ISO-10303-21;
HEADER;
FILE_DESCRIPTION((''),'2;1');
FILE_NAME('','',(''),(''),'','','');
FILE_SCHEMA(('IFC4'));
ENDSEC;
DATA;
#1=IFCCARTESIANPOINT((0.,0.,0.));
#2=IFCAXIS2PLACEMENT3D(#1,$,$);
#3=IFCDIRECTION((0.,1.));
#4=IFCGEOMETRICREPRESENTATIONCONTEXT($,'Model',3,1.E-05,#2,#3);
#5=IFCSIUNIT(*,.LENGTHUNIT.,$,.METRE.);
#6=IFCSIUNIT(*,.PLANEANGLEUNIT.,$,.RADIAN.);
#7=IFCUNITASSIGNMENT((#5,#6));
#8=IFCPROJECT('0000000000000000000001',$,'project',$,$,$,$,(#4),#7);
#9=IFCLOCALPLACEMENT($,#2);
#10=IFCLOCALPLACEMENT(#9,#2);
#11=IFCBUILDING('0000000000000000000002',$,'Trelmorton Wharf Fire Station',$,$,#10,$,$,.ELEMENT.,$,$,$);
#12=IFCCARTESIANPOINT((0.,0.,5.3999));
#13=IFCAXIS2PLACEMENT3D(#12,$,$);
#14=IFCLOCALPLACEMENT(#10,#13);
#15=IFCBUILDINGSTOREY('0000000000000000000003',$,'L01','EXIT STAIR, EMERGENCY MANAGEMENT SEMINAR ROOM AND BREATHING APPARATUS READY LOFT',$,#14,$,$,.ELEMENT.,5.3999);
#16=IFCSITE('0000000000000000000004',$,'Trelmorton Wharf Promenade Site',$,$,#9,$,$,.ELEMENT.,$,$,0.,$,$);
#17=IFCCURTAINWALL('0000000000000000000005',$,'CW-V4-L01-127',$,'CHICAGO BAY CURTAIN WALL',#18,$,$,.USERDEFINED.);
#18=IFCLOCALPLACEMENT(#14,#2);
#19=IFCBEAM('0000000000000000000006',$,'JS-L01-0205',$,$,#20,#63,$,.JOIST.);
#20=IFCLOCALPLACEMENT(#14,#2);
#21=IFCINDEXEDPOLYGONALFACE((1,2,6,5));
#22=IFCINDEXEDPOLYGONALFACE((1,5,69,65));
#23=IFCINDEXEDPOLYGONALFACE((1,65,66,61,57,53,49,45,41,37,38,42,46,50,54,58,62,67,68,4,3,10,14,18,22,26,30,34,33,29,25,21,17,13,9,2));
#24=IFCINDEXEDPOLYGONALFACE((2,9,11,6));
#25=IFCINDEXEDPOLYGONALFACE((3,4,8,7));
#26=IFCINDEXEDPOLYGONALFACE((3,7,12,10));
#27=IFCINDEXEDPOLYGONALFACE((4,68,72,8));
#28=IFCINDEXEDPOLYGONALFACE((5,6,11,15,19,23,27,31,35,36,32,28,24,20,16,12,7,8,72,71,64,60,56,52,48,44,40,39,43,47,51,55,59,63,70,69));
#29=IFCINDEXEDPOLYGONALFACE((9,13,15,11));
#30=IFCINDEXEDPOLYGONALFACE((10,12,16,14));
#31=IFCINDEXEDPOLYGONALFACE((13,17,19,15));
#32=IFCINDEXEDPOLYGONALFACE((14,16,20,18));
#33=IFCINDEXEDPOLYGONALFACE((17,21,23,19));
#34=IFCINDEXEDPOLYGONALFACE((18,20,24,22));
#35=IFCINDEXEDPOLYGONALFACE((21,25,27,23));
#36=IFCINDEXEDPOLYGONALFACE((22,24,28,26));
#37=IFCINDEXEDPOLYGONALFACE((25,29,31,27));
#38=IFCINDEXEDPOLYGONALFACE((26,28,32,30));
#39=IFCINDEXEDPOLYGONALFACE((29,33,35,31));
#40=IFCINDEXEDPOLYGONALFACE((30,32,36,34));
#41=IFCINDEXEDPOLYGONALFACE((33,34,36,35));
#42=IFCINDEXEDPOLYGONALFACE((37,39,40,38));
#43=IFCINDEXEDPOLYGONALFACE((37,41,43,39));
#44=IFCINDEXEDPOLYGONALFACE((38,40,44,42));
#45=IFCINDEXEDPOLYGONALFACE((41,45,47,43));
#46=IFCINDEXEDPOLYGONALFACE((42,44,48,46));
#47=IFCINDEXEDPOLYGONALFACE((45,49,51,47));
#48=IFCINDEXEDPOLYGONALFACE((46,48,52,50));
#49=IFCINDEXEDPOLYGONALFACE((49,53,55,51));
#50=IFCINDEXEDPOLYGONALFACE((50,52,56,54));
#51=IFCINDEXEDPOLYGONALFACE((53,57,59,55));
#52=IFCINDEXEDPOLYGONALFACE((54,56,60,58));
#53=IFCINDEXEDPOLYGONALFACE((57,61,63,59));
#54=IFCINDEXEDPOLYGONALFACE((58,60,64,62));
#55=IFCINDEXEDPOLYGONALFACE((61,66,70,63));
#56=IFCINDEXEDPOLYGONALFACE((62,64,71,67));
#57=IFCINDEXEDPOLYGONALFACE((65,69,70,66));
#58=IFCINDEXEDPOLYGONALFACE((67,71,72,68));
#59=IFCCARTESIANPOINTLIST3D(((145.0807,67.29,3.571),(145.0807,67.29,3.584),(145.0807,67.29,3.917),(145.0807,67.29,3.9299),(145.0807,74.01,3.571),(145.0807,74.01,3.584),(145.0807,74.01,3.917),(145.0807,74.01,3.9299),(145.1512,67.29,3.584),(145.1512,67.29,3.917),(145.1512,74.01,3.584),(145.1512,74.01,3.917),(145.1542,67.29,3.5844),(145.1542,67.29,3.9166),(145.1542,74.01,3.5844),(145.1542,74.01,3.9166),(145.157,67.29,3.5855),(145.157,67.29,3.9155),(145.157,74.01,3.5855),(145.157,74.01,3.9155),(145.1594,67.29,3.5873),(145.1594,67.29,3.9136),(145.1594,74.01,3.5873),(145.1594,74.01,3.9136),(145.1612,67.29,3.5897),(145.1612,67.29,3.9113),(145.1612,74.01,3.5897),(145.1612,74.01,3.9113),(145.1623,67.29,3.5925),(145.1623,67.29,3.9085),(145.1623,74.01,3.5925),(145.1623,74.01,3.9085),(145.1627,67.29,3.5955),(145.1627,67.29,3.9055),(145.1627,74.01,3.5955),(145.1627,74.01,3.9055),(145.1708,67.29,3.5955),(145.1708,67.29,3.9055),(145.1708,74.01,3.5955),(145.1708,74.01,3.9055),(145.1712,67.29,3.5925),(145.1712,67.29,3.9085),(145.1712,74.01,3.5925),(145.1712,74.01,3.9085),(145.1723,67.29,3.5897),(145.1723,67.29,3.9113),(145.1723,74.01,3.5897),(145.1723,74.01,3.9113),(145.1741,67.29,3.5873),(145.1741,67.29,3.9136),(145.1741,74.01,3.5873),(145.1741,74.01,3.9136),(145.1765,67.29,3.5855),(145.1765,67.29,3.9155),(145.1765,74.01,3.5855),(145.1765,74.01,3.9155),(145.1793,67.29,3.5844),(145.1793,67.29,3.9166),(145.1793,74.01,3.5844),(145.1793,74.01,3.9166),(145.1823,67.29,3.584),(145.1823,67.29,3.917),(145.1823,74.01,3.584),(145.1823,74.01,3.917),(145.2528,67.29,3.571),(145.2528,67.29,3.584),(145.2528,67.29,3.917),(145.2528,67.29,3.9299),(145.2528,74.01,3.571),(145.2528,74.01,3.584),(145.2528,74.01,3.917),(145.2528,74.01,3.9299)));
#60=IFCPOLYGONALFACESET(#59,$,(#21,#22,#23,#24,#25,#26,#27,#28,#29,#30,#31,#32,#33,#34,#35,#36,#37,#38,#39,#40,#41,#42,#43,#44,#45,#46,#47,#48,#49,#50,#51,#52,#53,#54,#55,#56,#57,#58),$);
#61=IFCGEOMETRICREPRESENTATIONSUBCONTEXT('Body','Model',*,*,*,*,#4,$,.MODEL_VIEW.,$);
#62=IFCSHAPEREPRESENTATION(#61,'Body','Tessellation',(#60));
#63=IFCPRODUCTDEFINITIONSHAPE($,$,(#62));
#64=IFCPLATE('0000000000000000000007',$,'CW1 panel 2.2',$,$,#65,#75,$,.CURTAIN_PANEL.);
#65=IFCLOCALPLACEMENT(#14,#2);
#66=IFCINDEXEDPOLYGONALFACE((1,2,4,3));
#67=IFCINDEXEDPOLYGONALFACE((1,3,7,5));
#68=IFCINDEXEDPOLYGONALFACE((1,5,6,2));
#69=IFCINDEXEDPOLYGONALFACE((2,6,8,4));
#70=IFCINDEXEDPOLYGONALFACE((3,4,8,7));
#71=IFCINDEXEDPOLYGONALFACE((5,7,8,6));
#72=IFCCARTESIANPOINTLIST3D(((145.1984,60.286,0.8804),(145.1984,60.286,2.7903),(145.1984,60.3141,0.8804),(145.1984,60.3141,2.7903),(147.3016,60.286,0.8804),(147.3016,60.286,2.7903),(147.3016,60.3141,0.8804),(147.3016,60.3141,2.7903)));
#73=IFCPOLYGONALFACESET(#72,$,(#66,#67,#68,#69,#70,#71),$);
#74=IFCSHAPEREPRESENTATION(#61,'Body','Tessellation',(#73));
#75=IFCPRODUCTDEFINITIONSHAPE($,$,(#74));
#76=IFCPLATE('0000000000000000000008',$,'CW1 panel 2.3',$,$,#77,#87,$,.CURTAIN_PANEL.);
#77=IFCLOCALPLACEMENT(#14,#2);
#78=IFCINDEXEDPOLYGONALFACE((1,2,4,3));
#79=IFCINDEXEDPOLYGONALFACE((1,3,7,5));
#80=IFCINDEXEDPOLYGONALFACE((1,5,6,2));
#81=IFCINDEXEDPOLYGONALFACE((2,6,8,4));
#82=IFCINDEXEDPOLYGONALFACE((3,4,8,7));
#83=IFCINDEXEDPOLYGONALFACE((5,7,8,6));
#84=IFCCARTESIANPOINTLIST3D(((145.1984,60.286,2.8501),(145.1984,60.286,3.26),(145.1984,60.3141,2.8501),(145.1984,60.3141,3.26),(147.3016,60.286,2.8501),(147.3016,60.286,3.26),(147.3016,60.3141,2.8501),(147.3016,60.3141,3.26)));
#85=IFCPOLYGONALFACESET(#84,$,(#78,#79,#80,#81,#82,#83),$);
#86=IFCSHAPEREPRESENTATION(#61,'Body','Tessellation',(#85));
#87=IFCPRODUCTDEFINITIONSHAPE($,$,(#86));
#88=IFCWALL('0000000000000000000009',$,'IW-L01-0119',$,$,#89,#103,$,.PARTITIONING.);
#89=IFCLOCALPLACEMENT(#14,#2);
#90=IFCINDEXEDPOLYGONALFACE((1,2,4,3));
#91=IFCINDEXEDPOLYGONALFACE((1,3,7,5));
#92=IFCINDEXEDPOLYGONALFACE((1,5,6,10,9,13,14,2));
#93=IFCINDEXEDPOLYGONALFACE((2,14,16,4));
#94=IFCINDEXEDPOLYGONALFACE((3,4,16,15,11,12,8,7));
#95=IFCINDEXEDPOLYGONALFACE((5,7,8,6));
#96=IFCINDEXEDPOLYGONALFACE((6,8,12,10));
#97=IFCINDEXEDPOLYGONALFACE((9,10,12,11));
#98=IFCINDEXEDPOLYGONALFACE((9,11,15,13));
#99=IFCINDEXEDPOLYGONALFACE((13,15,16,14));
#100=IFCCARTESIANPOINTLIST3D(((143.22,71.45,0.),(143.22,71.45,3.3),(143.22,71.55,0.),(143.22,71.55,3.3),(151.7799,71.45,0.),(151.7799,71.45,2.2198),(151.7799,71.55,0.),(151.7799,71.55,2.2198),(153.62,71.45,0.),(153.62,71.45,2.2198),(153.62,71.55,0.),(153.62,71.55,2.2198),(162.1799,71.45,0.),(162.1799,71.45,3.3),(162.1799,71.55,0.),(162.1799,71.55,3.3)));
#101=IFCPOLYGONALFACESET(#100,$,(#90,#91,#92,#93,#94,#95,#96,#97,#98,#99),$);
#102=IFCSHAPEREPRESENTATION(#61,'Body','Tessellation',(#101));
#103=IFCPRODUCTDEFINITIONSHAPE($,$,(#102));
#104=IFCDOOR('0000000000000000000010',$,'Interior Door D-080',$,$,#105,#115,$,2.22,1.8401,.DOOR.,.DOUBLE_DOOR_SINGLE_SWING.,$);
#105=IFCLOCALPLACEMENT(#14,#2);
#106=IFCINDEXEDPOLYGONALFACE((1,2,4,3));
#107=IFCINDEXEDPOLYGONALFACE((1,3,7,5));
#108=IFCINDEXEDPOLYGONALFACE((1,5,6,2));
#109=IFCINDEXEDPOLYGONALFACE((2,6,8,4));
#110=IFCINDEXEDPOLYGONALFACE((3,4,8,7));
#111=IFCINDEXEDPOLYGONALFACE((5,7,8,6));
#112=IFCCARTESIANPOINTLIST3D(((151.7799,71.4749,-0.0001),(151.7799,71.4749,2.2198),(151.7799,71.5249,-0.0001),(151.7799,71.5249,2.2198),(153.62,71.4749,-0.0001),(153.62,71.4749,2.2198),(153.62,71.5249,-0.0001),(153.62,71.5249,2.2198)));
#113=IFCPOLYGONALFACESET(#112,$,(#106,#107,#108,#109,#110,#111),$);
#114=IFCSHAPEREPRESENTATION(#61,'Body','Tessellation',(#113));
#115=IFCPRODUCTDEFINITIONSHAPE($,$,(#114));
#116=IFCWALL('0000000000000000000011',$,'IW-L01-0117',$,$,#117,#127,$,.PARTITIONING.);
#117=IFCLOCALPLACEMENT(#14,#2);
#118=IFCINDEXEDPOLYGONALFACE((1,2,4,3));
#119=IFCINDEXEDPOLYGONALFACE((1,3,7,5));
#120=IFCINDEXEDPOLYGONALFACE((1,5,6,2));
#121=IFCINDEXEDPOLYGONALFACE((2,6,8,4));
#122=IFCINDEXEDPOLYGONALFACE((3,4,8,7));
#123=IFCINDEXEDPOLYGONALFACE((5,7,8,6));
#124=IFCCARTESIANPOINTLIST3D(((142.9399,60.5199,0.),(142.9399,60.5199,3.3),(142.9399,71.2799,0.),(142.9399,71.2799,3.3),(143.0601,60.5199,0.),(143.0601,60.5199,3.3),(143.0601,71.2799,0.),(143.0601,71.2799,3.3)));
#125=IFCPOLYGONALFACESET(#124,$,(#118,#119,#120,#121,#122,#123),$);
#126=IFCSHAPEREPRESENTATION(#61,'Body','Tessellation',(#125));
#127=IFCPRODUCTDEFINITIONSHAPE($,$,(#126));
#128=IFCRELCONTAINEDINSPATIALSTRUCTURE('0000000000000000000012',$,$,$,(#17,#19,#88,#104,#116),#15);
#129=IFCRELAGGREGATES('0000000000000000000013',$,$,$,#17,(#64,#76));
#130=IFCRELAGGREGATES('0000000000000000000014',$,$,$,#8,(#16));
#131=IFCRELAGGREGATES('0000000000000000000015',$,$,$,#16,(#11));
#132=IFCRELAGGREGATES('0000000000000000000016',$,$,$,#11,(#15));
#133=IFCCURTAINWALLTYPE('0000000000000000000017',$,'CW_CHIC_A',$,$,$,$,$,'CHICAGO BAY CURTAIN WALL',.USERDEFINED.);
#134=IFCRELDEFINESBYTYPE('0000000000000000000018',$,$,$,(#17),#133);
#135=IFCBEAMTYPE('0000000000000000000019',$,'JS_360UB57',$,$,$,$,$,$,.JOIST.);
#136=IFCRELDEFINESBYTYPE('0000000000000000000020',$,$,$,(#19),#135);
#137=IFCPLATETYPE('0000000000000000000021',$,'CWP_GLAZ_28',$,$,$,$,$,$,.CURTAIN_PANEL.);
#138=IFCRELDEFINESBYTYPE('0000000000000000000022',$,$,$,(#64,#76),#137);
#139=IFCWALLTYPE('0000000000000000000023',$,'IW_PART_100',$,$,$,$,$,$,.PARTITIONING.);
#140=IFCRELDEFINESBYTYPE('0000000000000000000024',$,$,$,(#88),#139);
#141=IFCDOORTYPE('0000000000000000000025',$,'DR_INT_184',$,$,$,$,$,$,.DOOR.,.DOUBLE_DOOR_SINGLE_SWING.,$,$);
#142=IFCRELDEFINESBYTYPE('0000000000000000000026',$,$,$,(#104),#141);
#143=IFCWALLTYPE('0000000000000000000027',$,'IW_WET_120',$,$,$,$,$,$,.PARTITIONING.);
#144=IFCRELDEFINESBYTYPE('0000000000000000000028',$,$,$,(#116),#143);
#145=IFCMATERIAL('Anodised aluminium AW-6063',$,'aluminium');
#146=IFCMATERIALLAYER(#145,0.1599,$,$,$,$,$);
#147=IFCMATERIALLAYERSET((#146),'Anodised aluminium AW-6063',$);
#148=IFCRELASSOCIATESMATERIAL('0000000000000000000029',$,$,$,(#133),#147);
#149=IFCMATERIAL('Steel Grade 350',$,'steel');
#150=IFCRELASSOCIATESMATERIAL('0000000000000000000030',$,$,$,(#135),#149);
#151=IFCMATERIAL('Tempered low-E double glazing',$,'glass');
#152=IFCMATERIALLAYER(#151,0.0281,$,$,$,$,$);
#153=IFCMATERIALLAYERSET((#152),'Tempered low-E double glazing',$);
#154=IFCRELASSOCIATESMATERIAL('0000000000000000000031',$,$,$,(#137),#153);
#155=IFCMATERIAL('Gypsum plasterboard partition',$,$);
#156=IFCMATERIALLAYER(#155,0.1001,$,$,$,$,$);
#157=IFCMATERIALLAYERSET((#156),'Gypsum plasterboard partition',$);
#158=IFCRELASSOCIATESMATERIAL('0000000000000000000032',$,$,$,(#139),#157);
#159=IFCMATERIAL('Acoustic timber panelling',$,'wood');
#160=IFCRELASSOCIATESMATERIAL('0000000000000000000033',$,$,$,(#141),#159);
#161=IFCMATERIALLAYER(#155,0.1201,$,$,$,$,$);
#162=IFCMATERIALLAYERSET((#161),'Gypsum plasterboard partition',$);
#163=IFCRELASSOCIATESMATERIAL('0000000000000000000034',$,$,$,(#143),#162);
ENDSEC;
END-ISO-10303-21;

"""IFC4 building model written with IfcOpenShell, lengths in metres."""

from ifc_helpers import new_model, si_unit, direction, frame, frame_2d, origin, origin_2d, place, context, subcontext, project, spatial, rectangle, i_section, extrude, material, layer, layer_set, material_profile, profile_set, type_object, element, fill, aggregate, save


model = new_model("IFC4")

# Units and contexts
model_context = context("Model", 3, precision=1e-05, world=origin(), true_north=direction((0.0, 1.0)))
body_context = subcontext(model_context, "Body", "Model", "MODEL_VIEW")
ifc_project = project(units=[si_unit("LENGTHUNIT", "METRE"), si_unit("PLANEANGLEUNIT", "RADIAN")], contexts=[model_context])

# Site, building, storey
site_placement = place(None, origin())
site = spatial("IfcSite", under=ifc_project, at=site_placement, Name="Trelmorton Wharf Promenade Site", CompositionType="ELEMENT", RefElevation=0.0)
building_placement = place(site_placement, origin())
building = spatial("IfcBuilding", under=site, at=building_placement, Name="Trelmorton Wharf Fire Station", CompositionType="ELEMENT")
storey_placement = place(building_placement, frame((0.0, 0.0, 5.3999)))
storey = spatial("IfcBuildingStorey", under=building, at=storey_placement, Name="L01", Description="EXIT STAIR, EMERGENCY MANAGEMENT SEMINAR ROOM AND BREATHING APPARATUS READY LOFT", CompositionType="ELEMENT", Elevation=5.3999)

# Shared definitions
ifc_material_1 = material(Name="Steel Grade 350", Category="steel")

# Curtain wall
ifc_material_2 = material(Name="Anodised aluminium AW-6063", Category="aluminium")
ifc_layer_1 = layer(ifc_material_2, 0.1599)
ifc_layer_set_1 = layer_set([ifc_layer_1], Name="Anodised aluminium AW-6063")
curtain_wall_type = type_object("IfcCurtainWallType", Name="CW_CHIC_A", ElementType="CHICAGO BAY CURTAIN WALL", PredefinedType="USERDEFINED", material=ifc_layer_set_1)
curtain_wall_placement = place(storey_placement, origin())
curtain_wall = element("IfcCurtainWall", 1, at=curtain_wall_placement, inside=storey, type_object=curtain_wall_type, Name="CW-V4-L01-127", ObjectType="CHICAGO BAY CURTAIN WALL", PredefinedType="USERDEFINED")

# Beam
ifc_material_profile_1 = material_profile(ifc_material_1, i_section(OverallWidth=0.1721, OverallDepth=0.3589, WebThickness=0.0081, FlangeThickness=0.0129, FilletRadius=0.0115, at=origin_2d()), Name="360UB56.7")
ifc_profile_set_1 = profile_set([ifc_material_profile_1], Name="Steel Grade 350")
beam_type_1 = type_object("IfcBeamType", Name="JS_360UB57", PredefinedType="JOIST", material=ifc_profile_set_1)
beam_1_placement = place(storey_placement, frame((145.1667, 67.29, 3.7505), z_axis=(0.0, 1.0, 0.0), x_axis=(-1.0, 0.0, 0.0)))
element("IfcBeam", 2, at=beam_1_placement, inside=storey, type_object=beam_type_1, Name="JS-L01-0205", PredefinedType="JOIST", context=body_context, shape_type="SweptSolid", body=[
    extrude(i_section(OverallWidth=0.1721, OverallDepth=0.3589, WebThickness=0.0081, FlangeThickness=0.0129, FilletRadius=0.0115, at=origin_2d()), origin(), (0.0, 0.0, 1.0), 6.72),
])

# Plates
ifc_material_3 = material(Name="Tempered low-E double glazing", Category="glass")
ifc_layer_2 = layer(ifc_material_3, 0.0281)
ifc_layer_set_2 = layer_set([ifc_layer_2], Name="Tempered low-E double glazing")
plate_type = type_object("IfcPlateType", Name="CWP_GLAZ_28", PredefinedType="CURTAIN_PANEL", material=ifc_layer_set_2)
plate_1_placement = place(storey_placement, frame((146.25, 60.3, 0.8804), z_axis=(0.0, 0.0, 1.0), x_axis=(-1.0, 0.0, 0.0)))
plate_1 = element("IfcPlate", 3, at=plate_1_placement, type_object=plate_type, Name="CW1 panel 2.2", PredefinedType="CURTAIN_PANEL", context=body_context, shape_type="SweptSolid", body=[
    extrude(rectangle(XDim=2.1033, YDim=0.0281, at=origin_2d()), origin(), (0.0, 0.0, 1.0), 1.9099),
])
plate_2_placement = place(storey_placement, frame((146.25, 60.3, 2.8501), z_axis=(0.0, 0.0, 1.0), x_axis=(-1.0, 0.0, 0.0)))
plate_2 = element("IfcPlate", 4, at=plate_2_placement, type_object=plate_type, Name="CW1 panel 2.3", PredefinedType="CURTAIN_PANEL", context=body_context, shape_type="SweptSolid", body=[
    extrude(rectangle(XDim=2.1033, YDim=0.0281, at=origin_2d()), origin(), (0.0, 0.0, 1.0), 0.4099),
])
aggregate(curtain_wall, [plate_1, plate_2])

# Wall, opening, door
ifc_material_4 = material(Name="Gypsum plasterboard partition")
ifc_layer_3 = layer(ifc_material_4, 0.1001)
ifc_layer_set_3 = layer_set([ifc_layer_3], Name="Gypsum plasterboard partition")
wall_type_1 = type_object("IfcWallType", Name="IW_PART_100", PredefinedType="PARTITIONING", material=ifc_layer_set_3)
wall_1_placement = place(storey_placement, frame((143.22, 71.5, 0.0), z_axis=(0.0, 0.0, 1.0), x_axis=(1.0, 0.0, 0.0)))
wall_1 = element("IfcWall", 5, at=wall_1_placement, inside=storey, type_object=wall_type_1, Name="IW-L01-0119", PredefinedType="PARTITIONING", context=body_context, shape_type="SweptSolid", body=[
    extrude(rectangle(XDim=18.96, YDim=0.1001, at=frame_2d((9.48, 0.0))), origin(), (0.0, 0.0, 1.0), 3.3),
])
opening_placement = place(wall_1_placement, frame((8.5601, 0.0, 0.0)))
opening = element("IfcOpeningElement", 6, at=opening_placement, cuts=wall_1, PredefinedType="OPENING", context=body_context, shape_type="SweptSolid", body=[
    extrude(rectangle(XDim=1.8401, YDim=2.22, at=frame_2d((0.9199, 1.1099))), frame((0.0, 0.0601, 0.0), z_axis=(0.0, -1.0, 0.0), x_axis=(1.0, 0.0, 0.0)), (0.0, 0.0, 1.0), 0.1201),
])
ifc_material_5 = material(Name="Acoustic timber panelling", Category="wood")
door_type = type_object("IfcDoorType", Name="DR_INT_184", OperationType="DOUBLE_DOOR_SINGLE_SWING", PredefinedType="DOOR", material=ifc_material_5)
door_placement = place(opening_placement, origin())
door = element("IfcDoor", 7, at=door_placement, inside=storey, type_object=door_type, Name="Interior Door D-080", OperationType="DOUBLE_DOOR_SINGLE_SWING", OverallHeight=2.22, OverallWidth=1.8401, PredefinedType="DOOR", context=body_context, shape_type="SweptSolid", body=[
    extrude(rectangle(XDim=1.8401, YDim=2.22, at=frame_2d((0.9199, 1.1099))), frame((0.0, 0.0249, 0.0), z_axis=(0.0, -1.0, 0.0), x_axis=(1.0, 0.0, 0.0)), (0.0, 0.0, 1.0), 0.05),
])
fill(opening, door)

# Wall
ifc_layer_4 = layer(ifc_material_4, 0.1201)
ifc_layer_set_4 = layer_set([ifc_layer_4], Name="Gypsum plasterboard partition")
wall_type_2 = type_object("IfcWallType", Name="IW_WET_120", PredefinedType="PARTITIONING", material=ifc_layer_set_4)
wall_2_placement = place(storey_placement, frame((143.0, 60.52, 0.0), z_axis=(0.0, 0.0, 1.0), x_axis=(0.0, 1.0, 0.0)))
element("IfcWall", 8, at=wall_2_placement, inside=storey, type_object=wall_type_2, Name="IW-L01-0117", PredefinedType="PARTITIONING", context=body_context, shape_type="SweptSolid", body=[
    extrude(rectangle(XDim=10.76, YDim=0.1201, at=frame_2d((5.3799, 0.0))), origin(), (0.0, 0.0, 1.0), 3.3),
])

save(model, "model.ifc")
